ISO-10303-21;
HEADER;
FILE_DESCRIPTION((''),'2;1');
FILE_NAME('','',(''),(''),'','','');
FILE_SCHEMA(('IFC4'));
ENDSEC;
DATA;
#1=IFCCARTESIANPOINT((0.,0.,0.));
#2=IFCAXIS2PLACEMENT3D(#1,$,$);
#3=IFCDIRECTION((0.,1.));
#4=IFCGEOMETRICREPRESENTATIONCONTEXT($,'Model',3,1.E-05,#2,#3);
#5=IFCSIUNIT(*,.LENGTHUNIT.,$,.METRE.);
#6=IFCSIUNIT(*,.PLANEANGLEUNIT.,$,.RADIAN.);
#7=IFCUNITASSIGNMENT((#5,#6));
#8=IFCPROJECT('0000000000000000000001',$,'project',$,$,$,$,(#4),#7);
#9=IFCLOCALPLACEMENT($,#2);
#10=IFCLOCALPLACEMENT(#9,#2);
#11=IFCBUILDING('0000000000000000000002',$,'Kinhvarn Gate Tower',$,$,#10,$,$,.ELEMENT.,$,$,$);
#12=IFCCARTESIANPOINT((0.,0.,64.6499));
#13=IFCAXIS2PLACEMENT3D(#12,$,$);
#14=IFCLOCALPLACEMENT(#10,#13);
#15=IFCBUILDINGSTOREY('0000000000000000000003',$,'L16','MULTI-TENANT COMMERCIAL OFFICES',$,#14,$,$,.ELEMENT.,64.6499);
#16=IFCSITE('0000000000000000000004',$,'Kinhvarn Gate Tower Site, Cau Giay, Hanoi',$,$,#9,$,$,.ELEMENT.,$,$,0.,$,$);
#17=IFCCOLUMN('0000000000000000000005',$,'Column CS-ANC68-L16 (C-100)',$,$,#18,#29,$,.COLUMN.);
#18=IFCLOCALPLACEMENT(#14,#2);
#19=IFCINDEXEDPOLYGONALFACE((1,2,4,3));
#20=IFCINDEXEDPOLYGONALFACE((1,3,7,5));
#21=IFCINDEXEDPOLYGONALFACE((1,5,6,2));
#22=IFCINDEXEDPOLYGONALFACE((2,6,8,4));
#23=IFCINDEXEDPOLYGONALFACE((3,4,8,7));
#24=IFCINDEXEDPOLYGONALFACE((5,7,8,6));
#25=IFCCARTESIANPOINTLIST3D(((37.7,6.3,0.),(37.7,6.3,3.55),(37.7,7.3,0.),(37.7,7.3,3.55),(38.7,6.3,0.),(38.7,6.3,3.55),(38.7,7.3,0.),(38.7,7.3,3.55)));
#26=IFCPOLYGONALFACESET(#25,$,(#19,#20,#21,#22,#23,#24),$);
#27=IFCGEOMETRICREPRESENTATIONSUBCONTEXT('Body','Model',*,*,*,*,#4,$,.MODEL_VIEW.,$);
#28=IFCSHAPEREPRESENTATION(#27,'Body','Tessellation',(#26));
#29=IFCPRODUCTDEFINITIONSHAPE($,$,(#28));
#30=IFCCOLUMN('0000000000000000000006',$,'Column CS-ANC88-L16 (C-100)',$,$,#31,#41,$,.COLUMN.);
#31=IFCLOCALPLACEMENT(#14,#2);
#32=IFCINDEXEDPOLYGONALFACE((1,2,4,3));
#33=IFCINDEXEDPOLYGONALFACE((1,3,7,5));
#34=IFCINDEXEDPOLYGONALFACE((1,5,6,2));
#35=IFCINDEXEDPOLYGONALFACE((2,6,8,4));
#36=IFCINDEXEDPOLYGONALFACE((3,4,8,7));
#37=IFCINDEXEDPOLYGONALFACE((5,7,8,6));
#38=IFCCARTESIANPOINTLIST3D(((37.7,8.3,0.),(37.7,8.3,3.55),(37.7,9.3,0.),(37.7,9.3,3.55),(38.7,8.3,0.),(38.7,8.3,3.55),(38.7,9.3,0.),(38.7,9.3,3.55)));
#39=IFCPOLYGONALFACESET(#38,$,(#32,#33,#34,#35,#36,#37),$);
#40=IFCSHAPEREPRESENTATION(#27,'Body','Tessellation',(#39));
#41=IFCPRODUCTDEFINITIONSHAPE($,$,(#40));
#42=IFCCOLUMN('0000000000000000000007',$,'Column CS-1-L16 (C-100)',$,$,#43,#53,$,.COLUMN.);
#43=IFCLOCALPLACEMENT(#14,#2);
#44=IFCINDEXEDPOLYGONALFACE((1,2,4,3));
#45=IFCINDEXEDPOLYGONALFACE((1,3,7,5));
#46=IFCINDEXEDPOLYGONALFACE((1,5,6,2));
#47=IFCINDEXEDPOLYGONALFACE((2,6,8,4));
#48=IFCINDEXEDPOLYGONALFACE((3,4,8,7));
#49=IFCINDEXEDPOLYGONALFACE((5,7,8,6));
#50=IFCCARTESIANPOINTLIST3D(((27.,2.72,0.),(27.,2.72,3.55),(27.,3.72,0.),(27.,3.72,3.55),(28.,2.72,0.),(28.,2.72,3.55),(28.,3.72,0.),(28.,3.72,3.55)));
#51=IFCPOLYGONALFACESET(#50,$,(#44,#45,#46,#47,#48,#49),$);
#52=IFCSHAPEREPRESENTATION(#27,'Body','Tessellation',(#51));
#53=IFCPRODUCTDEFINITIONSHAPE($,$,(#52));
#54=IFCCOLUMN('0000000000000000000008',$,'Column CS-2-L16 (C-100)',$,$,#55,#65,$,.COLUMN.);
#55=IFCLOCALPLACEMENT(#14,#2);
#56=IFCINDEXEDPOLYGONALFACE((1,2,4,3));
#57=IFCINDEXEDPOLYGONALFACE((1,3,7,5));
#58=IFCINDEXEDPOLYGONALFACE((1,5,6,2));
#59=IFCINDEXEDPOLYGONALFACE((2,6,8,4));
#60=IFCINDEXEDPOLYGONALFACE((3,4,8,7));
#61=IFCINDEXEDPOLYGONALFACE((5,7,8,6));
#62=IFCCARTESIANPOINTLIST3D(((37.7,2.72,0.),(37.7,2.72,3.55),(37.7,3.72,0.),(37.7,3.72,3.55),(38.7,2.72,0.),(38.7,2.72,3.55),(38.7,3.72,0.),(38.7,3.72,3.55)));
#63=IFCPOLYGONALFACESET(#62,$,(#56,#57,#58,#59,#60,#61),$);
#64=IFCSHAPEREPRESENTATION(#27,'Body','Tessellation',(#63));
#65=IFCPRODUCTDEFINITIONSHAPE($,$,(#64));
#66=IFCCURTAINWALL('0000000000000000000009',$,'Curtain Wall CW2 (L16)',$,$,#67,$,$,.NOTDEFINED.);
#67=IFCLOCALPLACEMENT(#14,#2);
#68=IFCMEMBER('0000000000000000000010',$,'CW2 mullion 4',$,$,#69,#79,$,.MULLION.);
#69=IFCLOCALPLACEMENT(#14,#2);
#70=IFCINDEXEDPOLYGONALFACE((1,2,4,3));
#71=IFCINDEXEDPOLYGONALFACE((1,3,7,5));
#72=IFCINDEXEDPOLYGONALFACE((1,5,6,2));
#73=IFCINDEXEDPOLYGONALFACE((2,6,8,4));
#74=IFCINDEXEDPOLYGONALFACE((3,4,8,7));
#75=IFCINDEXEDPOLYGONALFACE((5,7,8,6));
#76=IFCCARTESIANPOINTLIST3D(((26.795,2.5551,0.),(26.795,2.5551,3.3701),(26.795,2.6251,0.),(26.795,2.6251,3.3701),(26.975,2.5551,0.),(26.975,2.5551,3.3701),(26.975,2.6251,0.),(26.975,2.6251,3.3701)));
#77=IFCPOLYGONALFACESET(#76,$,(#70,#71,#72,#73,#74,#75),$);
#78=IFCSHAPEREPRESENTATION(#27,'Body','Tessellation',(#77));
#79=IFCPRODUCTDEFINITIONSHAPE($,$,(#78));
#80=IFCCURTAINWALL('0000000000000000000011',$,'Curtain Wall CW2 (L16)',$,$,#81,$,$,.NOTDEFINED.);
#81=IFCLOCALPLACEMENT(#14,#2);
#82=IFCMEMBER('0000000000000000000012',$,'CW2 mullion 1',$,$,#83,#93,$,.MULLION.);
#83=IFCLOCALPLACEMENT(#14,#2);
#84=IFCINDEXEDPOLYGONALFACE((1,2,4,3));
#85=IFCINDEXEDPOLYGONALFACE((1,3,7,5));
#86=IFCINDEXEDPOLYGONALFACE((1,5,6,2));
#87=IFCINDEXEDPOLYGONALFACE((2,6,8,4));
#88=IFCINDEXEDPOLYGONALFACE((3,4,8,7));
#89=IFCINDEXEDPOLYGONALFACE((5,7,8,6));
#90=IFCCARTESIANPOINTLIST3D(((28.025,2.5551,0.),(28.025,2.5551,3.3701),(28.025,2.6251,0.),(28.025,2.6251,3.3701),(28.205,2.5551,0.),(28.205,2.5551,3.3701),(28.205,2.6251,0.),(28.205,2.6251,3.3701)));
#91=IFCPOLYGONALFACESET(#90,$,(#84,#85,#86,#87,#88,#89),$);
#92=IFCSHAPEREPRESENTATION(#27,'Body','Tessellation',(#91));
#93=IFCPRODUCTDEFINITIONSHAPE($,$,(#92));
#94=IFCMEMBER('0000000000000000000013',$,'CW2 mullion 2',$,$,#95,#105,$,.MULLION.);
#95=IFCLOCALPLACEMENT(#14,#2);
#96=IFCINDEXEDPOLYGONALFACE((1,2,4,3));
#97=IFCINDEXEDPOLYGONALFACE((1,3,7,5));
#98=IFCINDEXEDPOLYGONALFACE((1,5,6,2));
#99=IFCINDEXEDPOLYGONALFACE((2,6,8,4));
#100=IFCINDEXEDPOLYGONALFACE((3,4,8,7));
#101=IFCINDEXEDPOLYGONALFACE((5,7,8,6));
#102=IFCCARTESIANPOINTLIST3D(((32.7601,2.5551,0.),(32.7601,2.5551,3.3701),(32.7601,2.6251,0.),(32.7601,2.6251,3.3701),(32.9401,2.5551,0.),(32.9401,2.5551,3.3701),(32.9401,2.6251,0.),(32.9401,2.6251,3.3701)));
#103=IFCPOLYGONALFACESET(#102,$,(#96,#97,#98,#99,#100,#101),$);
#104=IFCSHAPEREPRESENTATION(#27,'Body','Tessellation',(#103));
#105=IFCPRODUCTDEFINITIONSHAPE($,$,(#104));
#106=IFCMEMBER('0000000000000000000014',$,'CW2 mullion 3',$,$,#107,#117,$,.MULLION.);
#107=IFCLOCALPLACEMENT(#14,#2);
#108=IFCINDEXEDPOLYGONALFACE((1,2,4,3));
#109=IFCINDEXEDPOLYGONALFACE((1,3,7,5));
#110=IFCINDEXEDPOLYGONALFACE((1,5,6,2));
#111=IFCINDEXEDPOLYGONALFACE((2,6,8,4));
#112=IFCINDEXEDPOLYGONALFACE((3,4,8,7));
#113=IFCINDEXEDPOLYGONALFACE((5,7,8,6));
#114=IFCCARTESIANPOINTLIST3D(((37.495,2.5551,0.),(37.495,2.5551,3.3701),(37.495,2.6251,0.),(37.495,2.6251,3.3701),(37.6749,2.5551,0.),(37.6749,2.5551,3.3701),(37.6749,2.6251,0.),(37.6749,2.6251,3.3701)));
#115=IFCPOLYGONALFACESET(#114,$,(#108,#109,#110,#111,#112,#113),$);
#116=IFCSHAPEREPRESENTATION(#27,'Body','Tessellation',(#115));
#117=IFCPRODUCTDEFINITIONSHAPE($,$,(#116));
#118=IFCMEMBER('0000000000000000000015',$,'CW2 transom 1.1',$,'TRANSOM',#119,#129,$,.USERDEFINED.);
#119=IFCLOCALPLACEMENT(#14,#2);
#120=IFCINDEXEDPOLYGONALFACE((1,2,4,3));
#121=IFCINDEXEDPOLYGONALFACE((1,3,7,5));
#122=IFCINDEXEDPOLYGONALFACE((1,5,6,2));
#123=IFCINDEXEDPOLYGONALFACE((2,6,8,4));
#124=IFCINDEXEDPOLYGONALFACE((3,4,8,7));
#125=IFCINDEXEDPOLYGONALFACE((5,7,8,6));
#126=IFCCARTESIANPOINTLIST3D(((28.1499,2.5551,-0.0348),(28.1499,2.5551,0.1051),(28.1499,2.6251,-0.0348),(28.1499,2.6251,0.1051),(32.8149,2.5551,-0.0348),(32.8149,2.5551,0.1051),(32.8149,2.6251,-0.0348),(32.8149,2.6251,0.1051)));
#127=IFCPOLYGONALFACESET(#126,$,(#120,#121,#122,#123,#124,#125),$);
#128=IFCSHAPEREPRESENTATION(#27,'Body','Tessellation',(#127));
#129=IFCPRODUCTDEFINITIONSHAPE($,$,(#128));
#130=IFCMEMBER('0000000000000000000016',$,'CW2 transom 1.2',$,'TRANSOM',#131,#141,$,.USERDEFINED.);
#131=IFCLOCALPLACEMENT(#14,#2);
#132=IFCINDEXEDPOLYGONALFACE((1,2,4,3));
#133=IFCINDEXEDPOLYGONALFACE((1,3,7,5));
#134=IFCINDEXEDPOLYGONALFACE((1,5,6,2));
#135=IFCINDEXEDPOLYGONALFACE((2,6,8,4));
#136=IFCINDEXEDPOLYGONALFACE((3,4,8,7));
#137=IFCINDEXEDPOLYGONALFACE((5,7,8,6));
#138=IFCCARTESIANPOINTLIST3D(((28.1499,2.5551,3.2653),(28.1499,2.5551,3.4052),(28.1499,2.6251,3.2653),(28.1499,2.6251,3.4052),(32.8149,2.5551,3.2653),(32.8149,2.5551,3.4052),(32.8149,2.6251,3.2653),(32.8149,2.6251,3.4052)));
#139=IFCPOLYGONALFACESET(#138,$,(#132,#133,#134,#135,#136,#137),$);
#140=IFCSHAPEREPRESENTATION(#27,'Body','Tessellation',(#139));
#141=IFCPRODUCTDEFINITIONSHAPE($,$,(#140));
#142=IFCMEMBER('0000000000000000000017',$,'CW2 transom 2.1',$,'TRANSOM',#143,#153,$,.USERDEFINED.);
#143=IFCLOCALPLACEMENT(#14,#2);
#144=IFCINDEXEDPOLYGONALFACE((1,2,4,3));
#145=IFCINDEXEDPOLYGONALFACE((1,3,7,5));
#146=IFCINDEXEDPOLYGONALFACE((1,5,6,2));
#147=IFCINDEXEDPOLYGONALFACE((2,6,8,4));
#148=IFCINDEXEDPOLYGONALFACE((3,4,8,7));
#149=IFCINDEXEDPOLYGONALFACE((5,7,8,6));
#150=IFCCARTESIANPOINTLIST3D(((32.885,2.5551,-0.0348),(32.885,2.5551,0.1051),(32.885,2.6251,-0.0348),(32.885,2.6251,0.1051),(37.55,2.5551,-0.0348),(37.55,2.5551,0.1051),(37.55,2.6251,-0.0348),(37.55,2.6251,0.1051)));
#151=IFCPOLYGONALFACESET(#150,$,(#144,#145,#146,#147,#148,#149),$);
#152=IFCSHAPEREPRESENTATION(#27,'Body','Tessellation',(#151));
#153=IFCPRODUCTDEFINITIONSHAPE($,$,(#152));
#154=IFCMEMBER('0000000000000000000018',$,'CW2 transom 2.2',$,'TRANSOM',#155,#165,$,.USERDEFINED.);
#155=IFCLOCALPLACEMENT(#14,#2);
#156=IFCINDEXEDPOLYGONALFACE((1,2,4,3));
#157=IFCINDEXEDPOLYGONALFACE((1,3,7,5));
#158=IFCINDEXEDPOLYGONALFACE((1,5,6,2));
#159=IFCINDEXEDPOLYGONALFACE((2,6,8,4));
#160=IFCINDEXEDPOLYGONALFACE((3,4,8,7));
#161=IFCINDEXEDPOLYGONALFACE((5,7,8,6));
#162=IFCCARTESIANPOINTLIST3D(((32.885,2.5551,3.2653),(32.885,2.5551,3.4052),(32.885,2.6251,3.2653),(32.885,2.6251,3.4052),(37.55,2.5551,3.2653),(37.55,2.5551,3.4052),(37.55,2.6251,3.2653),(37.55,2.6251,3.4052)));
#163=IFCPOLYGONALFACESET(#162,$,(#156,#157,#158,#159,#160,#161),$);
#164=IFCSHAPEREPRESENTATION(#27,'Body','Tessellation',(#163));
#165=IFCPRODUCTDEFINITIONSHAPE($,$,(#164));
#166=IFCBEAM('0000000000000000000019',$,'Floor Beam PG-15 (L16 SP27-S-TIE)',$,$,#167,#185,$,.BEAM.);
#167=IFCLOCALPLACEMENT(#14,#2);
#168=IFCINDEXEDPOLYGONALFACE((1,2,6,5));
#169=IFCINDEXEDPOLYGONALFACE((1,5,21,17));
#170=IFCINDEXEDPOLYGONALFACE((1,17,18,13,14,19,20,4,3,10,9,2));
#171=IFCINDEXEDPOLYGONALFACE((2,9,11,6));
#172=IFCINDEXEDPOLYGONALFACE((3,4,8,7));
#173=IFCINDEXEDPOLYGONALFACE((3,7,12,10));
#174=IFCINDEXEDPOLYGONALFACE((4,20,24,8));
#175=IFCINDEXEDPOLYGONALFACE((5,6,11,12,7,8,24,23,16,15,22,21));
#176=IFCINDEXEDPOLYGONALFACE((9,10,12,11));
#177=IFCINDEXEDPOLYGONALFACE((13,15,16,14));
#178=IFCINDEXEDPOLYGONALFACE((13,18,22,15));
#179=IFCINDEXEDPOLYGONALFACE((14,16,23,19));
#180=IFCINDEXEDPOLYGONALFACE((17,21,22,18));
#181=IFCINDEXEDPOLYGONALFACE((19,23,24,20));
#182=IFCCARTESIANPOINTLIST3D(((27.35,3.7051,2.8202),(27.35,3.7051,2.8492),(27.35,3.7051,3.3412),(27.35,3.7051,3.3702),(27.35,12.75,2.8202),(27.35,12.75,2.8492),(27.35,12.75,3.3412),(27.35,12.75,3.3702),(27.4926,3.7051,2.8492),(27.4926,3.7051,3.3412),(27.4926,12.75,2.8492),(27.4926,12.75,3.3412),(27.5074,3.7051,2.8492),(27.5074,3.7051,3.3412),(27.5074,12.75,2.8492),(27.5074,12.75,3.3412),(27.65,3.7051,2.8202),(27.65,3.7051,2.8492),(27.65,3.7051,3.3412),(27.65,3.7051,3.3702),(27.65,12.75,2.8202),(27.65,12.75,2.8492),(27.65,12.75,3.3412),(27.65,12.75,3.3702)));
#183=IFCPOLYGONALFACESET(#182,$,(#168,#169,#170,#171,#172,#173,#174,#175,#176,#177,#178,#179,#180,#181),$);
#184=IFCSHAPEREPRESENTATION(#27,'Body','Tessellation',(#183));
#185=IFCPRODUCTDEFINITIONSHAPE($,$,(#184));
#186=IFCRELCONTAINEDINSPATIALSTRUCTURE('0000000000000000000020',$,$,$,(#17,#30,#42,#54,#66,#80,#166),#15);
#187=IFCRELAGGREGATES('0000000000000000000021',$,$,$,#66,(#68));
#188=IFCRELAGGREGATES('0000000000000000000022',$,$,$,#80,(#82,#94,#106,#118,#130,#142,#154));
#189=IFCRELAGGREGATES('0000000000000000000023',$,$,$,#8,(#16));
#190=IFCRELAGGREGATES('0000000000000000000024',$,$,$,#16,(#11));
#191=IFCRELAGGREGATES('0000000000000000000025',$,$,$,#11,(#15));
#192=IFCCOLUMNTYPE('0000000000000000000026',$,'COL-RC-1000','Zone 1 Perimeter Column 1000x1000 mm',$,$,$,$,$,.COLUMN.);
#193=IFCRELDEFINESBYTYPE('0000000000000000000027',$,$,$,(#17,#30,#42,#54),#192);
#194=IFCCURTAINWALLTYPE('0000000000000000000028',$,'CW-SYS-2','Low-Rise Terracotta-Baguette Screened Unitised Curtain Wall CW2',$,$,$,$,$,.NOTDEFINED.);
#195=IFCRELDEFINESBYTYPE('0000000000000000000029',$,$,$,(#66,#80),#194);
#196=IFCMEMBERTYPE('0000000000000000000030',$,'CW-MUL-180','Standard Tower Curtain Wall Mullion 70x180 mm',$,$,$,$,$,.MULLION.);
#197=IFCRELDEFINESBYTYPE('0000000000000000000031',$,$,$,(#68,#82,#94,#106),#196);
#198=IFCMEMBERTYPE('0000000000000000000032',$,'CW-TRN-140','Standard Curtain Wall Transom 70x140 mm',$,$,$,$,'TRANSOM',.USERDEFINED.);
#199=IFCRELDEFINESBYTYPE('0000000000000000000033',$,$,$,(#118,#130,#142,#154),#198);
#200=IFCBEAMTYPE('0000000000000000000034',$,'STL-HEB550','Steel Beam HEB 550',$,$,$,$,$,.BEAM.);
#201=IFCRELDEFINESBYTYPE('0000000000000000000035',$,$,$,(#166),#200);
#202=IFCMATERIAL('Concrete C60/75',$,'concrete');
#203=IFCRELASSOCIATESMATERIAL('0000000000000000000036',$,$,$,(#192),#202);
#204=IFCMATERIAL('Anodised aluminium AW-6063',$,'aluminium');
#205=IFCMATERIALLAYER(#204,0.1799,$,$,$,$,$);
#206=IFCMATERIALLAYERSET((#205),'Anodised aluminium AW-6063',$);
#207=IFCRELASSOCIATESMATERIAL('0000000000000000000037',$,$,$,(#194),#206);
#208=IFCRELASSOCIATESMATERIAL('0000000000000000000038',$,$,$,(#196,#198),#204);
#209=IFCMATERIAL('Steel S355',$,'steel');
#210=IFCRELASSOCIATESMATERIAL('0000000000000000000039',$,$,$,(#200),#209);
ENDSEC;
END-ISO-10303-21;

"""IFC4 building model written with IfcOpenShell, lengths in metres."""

from ifc_helpers import new_model, si_unit, direction, frame, origin, origin_2d, place, context, subcontext, project, spatial, rectangle, i_section, extrude, material, layer, layer_set, material_profile, profile_set, type_object, element, aggregate, save


model = new_model("IFC4")

# Units and contexts
model_context = context("Model", 3, precision=1e-05, world=origin(), true_north=direction((0.0, 1.0)))
body_context = subcontext(model_context, "Body", "Model", "MODEL_VIEW")
ifc_project = project(units=[si_unit("LENGTHUNIT", "METRE"), si_unit("PLANEANGLEUNIT", "RADIAN")], contexts=[model_context])

# Site, building, storey
site_placement = place(None, origin())
site = spatial("IfcSite", under=ifc_project, at=site_placement, Name="Kinhvarn Gate Tower Site, Cau Giay, Hanoi", CompositionType="ELEMENT", RefElevation=0.0)
building_placement = place(site_placement, origin())
building = spatial("IfcBuilding", under=site, at=building_placement, Name="Kinhvarn Gate Tower", CompositionType="ELEMENT")
storey_placement = place(building_placement, frame((0.0, 0.0, 64.6499)))
storey = spatial("IfcBuildingStorey", under=building, at=storey_placement, Name="L16", Description="MULTI-TENANT COMMERCIAL OFFICES", CompositionType="ELEMENT", Elevation=64.6499)

# Columns
ifc_material_1 = material(Name="Concrete C60/75", Category="concrete")
ifc_material_profile_1 = material_profile(ifc_material_1, rectangle(XDim=1.0, YDim=1.0, at=origin_2d()), Name="RC 1000x1000")
ifc_profile_set_1 = profile_set([ifc_material_profile_1], Name="Concrete C60/75")
column_type = type_object("IfcColumnType", Name="COL-RC-1000", Description="Zone 1 Perimeter Column 1000x1000 mm", PredefinedType="COLUMN", material=ifc_profile_set_1)
for number, where, z_axis, x_axis, name in (
    (1, (38.2, 6.8, 0.0), (0.0, 0.0, 1.0), (1.0, 0.0, 0.0), "Column CS-ANC68-L16 (C-100)"),
    (2, (38.2, 8.8, 0.0), (0.0, 0.0, 1.0), (1.0, 0.0, 0.0), "Column CS-ANC88-L16 (C-100)"),
    (3, (27.5, 3.22, 0.0), (0.0, 0.0, 1.0), (1.0, 0.0, 0.0), "Column CS-1-L16 (C-100)"),
    (4, (38.2, 3.22, 0.0), (0.0, 0.0, 1.0), (1.0, 0.0, 0.0), "Column CS-2-L16 (C-100)"),
):
    element("IfcColumn", number, at=place(storey_placement, frame(where, z_axis=z_axis, x_axis=x_axis)), inside=storey, type_object=column_type, Name=name, PredefinedType="COLUMN", context=body_context, shape_type="SweptSolid", body=[
        extrude(rectangle(XDim=1.0, YDim=1.0, at=origin_2d()), origin(), (0.0, 0.0, 1.0), 3.55),
    ])

# Curtain wall, member
ifc_material_2 = material(Name="Anodised aluminium AW-6063", Category="aluminium")
ifc_layer_1 = layer(ifc_material_2, 0.1799)
ifc_layer_set_1 = layer_set([ifc_layer_1], Name="Anodised aluminium AW-6063")
curtain_wall_type = type_object("IfcCurtainWallType", Name="CW-SYS-2", Description="Low-Rise Terracotta-Baguette Screened Unitised Curtain Wall CW2", PredefinedType="NOTDEFINED", material=ifc_layer_set_1)
curtain_wall_1_placement = place(storey_placement, origin())
curtain_wall_1 = element("IfcCurtainWall", 5, at=curtain_wall_1_placement, inside=storey, type_object=curtain_wall_type, Name="Curtain Wall CW2 (L16)", PredefinedType="NOTDEFINED")
ifc_material_profile_2 = material_profile(ifc_material_2, rectangle(XDim=0.0701, YDim=0.1799, at=origin_2d()), Name="ALU 70x180")
ifc_profile_set_2 = profile_set([ifc_material_profile_2], Name="Anodised aluminium AW-6063")
member_type_1 = type_object("IfcMemberType", Name="CW-MUL-180", Description="Standard Tower Curtain Wall Mullion 70x180 mm", PredefinedType="MULLION", material=ifc_profile_set_2)
member_1_placement = place(storey_placement, frame((26.885, 2.5901, 0.0), z_axis=(0.0, 0.0, 1.0), x_axis=(0.0, 1.0, 0.0)))
member_1 = element("IfcMember", 6, at=member_1_placement, type_object=member_type_1, Name="CW2 mullion 4", PredefinedType="MULLION", context=body_context, shape_type="SweptSolid", body=[
    extrude(rectangle(XDim=0.0701, YDim=0.1799, at=origin_2d()), origin(), (0.0, 0.0, 1.0), 3.3701),
])
aggregate(curtain_wall_1, [member_1])

# Curtain wall, members
curtain_wall_2_placement = place(storey_placement, origin())
curtain_wall_2 = element("IfcCurtainWall", 7, at=curtain_wall_2_placement, inside=storey, type_object=curtain_wall_type, Name="Curtain Wall CW2 (L16)", PredefinedType="NOTDEFINED")
member_2_placement = place(storey_placement, frame((28.115, 2.5901, 0.0), z_axis=(0.0, 0.0, 1.0), x_axis=(0.0, 1.0, 0.0)))
member_2 = element("IfcMember", 8, at=member_2_placement, type_object=member_type_1, Name="CW2 mullion 1", PredefinedType="MULLION", context=body_context, shape_type="SweptSolid", body=[
    extrude(rectangle(XDim=0.0701, YDim=0.1799, at=origin_2d()), origin(), (0.0, 0.0, 1.0), 3.3701),
])
member_3_placement = place(storey_placement, frame((32.8501, 2.5901, 0.0), z_axis=(0.0, 0.0, 1.0), x_axis=(0.0, 1.0, 0.0)))
member_3 = element("IfcMember", 9, at=member_3_placement, type_object=member_type_1, Name="CW2 mullion 2", PredefinedType="MULLION", context=body_context, shape_type="SweptSolid", body=[
    extrude(rectangle(XDim=0.0701, YDim=0.1799, at=origin_2d()), origin(), (0.0, 0.0, 1.0), 3.3701),
])
member_4_placement = place(storey_placement, frame((37.585, 2.5901, 0.0), z_axis=(0.0, 0.0, 1.0), x_axis=(0.0, 1.0, 0.0)))
member_4 = element("IfcMember", 10, at=member_4_placement, type_object=member_type_1, Name="CW2 mullion 3", PredefinedType="MULLION", context=body_context, shape_type="SweptSolid", body=[
    extrude(rectangle(XDim=0.0701, YDim=0.1799, at=origin_2d()), origin(), (0.0, 0.0, 1.0), 3.3701),
])
ifc_material_profile_3 = material_profile(ifc_material_2, rectangle(XDim=0.0701, YDim=0.1399, at=origin_2d()), Name="ALU 70x140")
ifc_profile_set_3 = profile_set([ifc_material_profile_3], Name="Anodised aluminium AW-6063")
member_type_2 = type_object("IfcMemberType", Name="CW-TRN-140", Description="Standard Curtain Wall Transom 70x140 mm", ElementType="TRANSOM", PredefinedType="USERDEFINED", material=ifc_profile_set_3)
member_5_placement = place(storey_placement, frame((28.1499, 2.5901, 0.0352), z_axis=(1.0, 0.0, 0.0), x_axis=(0.0, 1.0, 0.0)))
member_5 = element("IfcMember", 11, at=member_5_placement, type_object=member_type_2, Name="CW2 transom 1.1", ObjectType="TRANSOM", PredefinedType="USERDEFINED", context=body_context, shape_type="SweptSolid", body=[
    extrude(rectangle(XDim=0.0701, YDim=0.1399, at=origin_2d()), origin(), (0.0, 0.0, 1.0), 4.665),
])
member_6_placement = place(storey_placement, frame((28.1499, 2.5901, 3.3352), z_axis=(1.0, 0.0, 0.0), x_axis=(0.0, 1.0, 0.0)))
member_6 = element("IfcMember", 12, at=member_6_placement, type_object=member_type_2, Name="CW2 transom 1.2", ObjectType="TRANSOM", PredefinedType="USERDEFINED", context=body_context, shape_type="SweptSolid", body=[
    extrude(rectangle(XDim=0.0701, YDim=0.1399, at=origin_2d()), origin(), (0.0, 0.0, 1.0), 4.665),
])
member_7_placement = place(storey_placement, frame((32.885, 2.5901, 0.0352), z_axis=(1.0, 0.0, 0.0), x_axis=(0.0, 1.0, 0.0)))
member_7 = element("IfcMember", 13, at=member_7_placement, type_object=member_type_2, Name="CW2 transom 2.1", ObjectType="TRANSOM", PredefinedType="USERDEFINED", context=body_context, shape_type="SweptSolid", body=[
    extrude(rectangle(XDim=0.0701, YDim=0.1399, at=origin_2d()), origin(), (0.0, 0.0, 1.0), 4.665),
])
member_8_placement = place(storey_placement, frame((32.885, 2.5901, 3.3352), z_axis=(1.0, 0.0, 0.0), x_axis=(0.0, 1.0, 0.0)))
member_8 = element("IfcMember", 14, at=member_8_placement, type_object=member_type_2, Name="CW2 transom 2.2", ObjectType="TRANSOM", PredefinedType="USERDEFINED", context=body_context, shape_type="SweptSolid", body=[
    extrude(rectangle(XDim=0.0701, YDim=0.1399, at=origin_2d()), origin(), (0.0, 0.0, 1.0), 4.665),
])

# Beam
ifc_material_3 = material(Name="Steel S355", Category="steel")
ifc_material_profile_4 = material_profile(ifc_material_3, i_section(OverallWidth=0.3, OverallDepth=0.55, WebThickness=0.0149, FlangeThickness=0.0291, at=origin_2d()), Name="HEB 550")
ifc_profile_set_4 = profile_set([ifc_material_profile_4], Name="Steel S355")
beam_type_1 = type_object("IfcBeamType", Name="STL-HEB550", Description="Steel Beam HEB 550", PredefinedType="BEAM", material=ifc_profile_set_4)
beam_1_placement = place(storey_placement, frame((27.5, 3.7051, 3.0952), z_axis=(0.0, 1.0, 0.0), x_axis=(-1.0, 0.0, 0.0)))
element("IfcBeam", 15, at=beam_1_placement, inside=storey, type_object=beam_type_1, Name="Floor Beam PG-15 (L16 SP27-S-TIE)", PredefinedType="BEAM", context=body_context, shape_type="SweptSolid", body=[
    extrude(i_section(OverallWidth=0.3, OverallDepth=0.55, WebThickness=0.0149, FlangeThickness=0.0291, at=origin_2d()), origin(), (0.0, 0.0, 1.0), 9.0449),
])

aggregate(curtain_wall_2, [member_2, member_3, member_4, member_5, member_6, member_7, member_8])

save(model, "model.ifc")
